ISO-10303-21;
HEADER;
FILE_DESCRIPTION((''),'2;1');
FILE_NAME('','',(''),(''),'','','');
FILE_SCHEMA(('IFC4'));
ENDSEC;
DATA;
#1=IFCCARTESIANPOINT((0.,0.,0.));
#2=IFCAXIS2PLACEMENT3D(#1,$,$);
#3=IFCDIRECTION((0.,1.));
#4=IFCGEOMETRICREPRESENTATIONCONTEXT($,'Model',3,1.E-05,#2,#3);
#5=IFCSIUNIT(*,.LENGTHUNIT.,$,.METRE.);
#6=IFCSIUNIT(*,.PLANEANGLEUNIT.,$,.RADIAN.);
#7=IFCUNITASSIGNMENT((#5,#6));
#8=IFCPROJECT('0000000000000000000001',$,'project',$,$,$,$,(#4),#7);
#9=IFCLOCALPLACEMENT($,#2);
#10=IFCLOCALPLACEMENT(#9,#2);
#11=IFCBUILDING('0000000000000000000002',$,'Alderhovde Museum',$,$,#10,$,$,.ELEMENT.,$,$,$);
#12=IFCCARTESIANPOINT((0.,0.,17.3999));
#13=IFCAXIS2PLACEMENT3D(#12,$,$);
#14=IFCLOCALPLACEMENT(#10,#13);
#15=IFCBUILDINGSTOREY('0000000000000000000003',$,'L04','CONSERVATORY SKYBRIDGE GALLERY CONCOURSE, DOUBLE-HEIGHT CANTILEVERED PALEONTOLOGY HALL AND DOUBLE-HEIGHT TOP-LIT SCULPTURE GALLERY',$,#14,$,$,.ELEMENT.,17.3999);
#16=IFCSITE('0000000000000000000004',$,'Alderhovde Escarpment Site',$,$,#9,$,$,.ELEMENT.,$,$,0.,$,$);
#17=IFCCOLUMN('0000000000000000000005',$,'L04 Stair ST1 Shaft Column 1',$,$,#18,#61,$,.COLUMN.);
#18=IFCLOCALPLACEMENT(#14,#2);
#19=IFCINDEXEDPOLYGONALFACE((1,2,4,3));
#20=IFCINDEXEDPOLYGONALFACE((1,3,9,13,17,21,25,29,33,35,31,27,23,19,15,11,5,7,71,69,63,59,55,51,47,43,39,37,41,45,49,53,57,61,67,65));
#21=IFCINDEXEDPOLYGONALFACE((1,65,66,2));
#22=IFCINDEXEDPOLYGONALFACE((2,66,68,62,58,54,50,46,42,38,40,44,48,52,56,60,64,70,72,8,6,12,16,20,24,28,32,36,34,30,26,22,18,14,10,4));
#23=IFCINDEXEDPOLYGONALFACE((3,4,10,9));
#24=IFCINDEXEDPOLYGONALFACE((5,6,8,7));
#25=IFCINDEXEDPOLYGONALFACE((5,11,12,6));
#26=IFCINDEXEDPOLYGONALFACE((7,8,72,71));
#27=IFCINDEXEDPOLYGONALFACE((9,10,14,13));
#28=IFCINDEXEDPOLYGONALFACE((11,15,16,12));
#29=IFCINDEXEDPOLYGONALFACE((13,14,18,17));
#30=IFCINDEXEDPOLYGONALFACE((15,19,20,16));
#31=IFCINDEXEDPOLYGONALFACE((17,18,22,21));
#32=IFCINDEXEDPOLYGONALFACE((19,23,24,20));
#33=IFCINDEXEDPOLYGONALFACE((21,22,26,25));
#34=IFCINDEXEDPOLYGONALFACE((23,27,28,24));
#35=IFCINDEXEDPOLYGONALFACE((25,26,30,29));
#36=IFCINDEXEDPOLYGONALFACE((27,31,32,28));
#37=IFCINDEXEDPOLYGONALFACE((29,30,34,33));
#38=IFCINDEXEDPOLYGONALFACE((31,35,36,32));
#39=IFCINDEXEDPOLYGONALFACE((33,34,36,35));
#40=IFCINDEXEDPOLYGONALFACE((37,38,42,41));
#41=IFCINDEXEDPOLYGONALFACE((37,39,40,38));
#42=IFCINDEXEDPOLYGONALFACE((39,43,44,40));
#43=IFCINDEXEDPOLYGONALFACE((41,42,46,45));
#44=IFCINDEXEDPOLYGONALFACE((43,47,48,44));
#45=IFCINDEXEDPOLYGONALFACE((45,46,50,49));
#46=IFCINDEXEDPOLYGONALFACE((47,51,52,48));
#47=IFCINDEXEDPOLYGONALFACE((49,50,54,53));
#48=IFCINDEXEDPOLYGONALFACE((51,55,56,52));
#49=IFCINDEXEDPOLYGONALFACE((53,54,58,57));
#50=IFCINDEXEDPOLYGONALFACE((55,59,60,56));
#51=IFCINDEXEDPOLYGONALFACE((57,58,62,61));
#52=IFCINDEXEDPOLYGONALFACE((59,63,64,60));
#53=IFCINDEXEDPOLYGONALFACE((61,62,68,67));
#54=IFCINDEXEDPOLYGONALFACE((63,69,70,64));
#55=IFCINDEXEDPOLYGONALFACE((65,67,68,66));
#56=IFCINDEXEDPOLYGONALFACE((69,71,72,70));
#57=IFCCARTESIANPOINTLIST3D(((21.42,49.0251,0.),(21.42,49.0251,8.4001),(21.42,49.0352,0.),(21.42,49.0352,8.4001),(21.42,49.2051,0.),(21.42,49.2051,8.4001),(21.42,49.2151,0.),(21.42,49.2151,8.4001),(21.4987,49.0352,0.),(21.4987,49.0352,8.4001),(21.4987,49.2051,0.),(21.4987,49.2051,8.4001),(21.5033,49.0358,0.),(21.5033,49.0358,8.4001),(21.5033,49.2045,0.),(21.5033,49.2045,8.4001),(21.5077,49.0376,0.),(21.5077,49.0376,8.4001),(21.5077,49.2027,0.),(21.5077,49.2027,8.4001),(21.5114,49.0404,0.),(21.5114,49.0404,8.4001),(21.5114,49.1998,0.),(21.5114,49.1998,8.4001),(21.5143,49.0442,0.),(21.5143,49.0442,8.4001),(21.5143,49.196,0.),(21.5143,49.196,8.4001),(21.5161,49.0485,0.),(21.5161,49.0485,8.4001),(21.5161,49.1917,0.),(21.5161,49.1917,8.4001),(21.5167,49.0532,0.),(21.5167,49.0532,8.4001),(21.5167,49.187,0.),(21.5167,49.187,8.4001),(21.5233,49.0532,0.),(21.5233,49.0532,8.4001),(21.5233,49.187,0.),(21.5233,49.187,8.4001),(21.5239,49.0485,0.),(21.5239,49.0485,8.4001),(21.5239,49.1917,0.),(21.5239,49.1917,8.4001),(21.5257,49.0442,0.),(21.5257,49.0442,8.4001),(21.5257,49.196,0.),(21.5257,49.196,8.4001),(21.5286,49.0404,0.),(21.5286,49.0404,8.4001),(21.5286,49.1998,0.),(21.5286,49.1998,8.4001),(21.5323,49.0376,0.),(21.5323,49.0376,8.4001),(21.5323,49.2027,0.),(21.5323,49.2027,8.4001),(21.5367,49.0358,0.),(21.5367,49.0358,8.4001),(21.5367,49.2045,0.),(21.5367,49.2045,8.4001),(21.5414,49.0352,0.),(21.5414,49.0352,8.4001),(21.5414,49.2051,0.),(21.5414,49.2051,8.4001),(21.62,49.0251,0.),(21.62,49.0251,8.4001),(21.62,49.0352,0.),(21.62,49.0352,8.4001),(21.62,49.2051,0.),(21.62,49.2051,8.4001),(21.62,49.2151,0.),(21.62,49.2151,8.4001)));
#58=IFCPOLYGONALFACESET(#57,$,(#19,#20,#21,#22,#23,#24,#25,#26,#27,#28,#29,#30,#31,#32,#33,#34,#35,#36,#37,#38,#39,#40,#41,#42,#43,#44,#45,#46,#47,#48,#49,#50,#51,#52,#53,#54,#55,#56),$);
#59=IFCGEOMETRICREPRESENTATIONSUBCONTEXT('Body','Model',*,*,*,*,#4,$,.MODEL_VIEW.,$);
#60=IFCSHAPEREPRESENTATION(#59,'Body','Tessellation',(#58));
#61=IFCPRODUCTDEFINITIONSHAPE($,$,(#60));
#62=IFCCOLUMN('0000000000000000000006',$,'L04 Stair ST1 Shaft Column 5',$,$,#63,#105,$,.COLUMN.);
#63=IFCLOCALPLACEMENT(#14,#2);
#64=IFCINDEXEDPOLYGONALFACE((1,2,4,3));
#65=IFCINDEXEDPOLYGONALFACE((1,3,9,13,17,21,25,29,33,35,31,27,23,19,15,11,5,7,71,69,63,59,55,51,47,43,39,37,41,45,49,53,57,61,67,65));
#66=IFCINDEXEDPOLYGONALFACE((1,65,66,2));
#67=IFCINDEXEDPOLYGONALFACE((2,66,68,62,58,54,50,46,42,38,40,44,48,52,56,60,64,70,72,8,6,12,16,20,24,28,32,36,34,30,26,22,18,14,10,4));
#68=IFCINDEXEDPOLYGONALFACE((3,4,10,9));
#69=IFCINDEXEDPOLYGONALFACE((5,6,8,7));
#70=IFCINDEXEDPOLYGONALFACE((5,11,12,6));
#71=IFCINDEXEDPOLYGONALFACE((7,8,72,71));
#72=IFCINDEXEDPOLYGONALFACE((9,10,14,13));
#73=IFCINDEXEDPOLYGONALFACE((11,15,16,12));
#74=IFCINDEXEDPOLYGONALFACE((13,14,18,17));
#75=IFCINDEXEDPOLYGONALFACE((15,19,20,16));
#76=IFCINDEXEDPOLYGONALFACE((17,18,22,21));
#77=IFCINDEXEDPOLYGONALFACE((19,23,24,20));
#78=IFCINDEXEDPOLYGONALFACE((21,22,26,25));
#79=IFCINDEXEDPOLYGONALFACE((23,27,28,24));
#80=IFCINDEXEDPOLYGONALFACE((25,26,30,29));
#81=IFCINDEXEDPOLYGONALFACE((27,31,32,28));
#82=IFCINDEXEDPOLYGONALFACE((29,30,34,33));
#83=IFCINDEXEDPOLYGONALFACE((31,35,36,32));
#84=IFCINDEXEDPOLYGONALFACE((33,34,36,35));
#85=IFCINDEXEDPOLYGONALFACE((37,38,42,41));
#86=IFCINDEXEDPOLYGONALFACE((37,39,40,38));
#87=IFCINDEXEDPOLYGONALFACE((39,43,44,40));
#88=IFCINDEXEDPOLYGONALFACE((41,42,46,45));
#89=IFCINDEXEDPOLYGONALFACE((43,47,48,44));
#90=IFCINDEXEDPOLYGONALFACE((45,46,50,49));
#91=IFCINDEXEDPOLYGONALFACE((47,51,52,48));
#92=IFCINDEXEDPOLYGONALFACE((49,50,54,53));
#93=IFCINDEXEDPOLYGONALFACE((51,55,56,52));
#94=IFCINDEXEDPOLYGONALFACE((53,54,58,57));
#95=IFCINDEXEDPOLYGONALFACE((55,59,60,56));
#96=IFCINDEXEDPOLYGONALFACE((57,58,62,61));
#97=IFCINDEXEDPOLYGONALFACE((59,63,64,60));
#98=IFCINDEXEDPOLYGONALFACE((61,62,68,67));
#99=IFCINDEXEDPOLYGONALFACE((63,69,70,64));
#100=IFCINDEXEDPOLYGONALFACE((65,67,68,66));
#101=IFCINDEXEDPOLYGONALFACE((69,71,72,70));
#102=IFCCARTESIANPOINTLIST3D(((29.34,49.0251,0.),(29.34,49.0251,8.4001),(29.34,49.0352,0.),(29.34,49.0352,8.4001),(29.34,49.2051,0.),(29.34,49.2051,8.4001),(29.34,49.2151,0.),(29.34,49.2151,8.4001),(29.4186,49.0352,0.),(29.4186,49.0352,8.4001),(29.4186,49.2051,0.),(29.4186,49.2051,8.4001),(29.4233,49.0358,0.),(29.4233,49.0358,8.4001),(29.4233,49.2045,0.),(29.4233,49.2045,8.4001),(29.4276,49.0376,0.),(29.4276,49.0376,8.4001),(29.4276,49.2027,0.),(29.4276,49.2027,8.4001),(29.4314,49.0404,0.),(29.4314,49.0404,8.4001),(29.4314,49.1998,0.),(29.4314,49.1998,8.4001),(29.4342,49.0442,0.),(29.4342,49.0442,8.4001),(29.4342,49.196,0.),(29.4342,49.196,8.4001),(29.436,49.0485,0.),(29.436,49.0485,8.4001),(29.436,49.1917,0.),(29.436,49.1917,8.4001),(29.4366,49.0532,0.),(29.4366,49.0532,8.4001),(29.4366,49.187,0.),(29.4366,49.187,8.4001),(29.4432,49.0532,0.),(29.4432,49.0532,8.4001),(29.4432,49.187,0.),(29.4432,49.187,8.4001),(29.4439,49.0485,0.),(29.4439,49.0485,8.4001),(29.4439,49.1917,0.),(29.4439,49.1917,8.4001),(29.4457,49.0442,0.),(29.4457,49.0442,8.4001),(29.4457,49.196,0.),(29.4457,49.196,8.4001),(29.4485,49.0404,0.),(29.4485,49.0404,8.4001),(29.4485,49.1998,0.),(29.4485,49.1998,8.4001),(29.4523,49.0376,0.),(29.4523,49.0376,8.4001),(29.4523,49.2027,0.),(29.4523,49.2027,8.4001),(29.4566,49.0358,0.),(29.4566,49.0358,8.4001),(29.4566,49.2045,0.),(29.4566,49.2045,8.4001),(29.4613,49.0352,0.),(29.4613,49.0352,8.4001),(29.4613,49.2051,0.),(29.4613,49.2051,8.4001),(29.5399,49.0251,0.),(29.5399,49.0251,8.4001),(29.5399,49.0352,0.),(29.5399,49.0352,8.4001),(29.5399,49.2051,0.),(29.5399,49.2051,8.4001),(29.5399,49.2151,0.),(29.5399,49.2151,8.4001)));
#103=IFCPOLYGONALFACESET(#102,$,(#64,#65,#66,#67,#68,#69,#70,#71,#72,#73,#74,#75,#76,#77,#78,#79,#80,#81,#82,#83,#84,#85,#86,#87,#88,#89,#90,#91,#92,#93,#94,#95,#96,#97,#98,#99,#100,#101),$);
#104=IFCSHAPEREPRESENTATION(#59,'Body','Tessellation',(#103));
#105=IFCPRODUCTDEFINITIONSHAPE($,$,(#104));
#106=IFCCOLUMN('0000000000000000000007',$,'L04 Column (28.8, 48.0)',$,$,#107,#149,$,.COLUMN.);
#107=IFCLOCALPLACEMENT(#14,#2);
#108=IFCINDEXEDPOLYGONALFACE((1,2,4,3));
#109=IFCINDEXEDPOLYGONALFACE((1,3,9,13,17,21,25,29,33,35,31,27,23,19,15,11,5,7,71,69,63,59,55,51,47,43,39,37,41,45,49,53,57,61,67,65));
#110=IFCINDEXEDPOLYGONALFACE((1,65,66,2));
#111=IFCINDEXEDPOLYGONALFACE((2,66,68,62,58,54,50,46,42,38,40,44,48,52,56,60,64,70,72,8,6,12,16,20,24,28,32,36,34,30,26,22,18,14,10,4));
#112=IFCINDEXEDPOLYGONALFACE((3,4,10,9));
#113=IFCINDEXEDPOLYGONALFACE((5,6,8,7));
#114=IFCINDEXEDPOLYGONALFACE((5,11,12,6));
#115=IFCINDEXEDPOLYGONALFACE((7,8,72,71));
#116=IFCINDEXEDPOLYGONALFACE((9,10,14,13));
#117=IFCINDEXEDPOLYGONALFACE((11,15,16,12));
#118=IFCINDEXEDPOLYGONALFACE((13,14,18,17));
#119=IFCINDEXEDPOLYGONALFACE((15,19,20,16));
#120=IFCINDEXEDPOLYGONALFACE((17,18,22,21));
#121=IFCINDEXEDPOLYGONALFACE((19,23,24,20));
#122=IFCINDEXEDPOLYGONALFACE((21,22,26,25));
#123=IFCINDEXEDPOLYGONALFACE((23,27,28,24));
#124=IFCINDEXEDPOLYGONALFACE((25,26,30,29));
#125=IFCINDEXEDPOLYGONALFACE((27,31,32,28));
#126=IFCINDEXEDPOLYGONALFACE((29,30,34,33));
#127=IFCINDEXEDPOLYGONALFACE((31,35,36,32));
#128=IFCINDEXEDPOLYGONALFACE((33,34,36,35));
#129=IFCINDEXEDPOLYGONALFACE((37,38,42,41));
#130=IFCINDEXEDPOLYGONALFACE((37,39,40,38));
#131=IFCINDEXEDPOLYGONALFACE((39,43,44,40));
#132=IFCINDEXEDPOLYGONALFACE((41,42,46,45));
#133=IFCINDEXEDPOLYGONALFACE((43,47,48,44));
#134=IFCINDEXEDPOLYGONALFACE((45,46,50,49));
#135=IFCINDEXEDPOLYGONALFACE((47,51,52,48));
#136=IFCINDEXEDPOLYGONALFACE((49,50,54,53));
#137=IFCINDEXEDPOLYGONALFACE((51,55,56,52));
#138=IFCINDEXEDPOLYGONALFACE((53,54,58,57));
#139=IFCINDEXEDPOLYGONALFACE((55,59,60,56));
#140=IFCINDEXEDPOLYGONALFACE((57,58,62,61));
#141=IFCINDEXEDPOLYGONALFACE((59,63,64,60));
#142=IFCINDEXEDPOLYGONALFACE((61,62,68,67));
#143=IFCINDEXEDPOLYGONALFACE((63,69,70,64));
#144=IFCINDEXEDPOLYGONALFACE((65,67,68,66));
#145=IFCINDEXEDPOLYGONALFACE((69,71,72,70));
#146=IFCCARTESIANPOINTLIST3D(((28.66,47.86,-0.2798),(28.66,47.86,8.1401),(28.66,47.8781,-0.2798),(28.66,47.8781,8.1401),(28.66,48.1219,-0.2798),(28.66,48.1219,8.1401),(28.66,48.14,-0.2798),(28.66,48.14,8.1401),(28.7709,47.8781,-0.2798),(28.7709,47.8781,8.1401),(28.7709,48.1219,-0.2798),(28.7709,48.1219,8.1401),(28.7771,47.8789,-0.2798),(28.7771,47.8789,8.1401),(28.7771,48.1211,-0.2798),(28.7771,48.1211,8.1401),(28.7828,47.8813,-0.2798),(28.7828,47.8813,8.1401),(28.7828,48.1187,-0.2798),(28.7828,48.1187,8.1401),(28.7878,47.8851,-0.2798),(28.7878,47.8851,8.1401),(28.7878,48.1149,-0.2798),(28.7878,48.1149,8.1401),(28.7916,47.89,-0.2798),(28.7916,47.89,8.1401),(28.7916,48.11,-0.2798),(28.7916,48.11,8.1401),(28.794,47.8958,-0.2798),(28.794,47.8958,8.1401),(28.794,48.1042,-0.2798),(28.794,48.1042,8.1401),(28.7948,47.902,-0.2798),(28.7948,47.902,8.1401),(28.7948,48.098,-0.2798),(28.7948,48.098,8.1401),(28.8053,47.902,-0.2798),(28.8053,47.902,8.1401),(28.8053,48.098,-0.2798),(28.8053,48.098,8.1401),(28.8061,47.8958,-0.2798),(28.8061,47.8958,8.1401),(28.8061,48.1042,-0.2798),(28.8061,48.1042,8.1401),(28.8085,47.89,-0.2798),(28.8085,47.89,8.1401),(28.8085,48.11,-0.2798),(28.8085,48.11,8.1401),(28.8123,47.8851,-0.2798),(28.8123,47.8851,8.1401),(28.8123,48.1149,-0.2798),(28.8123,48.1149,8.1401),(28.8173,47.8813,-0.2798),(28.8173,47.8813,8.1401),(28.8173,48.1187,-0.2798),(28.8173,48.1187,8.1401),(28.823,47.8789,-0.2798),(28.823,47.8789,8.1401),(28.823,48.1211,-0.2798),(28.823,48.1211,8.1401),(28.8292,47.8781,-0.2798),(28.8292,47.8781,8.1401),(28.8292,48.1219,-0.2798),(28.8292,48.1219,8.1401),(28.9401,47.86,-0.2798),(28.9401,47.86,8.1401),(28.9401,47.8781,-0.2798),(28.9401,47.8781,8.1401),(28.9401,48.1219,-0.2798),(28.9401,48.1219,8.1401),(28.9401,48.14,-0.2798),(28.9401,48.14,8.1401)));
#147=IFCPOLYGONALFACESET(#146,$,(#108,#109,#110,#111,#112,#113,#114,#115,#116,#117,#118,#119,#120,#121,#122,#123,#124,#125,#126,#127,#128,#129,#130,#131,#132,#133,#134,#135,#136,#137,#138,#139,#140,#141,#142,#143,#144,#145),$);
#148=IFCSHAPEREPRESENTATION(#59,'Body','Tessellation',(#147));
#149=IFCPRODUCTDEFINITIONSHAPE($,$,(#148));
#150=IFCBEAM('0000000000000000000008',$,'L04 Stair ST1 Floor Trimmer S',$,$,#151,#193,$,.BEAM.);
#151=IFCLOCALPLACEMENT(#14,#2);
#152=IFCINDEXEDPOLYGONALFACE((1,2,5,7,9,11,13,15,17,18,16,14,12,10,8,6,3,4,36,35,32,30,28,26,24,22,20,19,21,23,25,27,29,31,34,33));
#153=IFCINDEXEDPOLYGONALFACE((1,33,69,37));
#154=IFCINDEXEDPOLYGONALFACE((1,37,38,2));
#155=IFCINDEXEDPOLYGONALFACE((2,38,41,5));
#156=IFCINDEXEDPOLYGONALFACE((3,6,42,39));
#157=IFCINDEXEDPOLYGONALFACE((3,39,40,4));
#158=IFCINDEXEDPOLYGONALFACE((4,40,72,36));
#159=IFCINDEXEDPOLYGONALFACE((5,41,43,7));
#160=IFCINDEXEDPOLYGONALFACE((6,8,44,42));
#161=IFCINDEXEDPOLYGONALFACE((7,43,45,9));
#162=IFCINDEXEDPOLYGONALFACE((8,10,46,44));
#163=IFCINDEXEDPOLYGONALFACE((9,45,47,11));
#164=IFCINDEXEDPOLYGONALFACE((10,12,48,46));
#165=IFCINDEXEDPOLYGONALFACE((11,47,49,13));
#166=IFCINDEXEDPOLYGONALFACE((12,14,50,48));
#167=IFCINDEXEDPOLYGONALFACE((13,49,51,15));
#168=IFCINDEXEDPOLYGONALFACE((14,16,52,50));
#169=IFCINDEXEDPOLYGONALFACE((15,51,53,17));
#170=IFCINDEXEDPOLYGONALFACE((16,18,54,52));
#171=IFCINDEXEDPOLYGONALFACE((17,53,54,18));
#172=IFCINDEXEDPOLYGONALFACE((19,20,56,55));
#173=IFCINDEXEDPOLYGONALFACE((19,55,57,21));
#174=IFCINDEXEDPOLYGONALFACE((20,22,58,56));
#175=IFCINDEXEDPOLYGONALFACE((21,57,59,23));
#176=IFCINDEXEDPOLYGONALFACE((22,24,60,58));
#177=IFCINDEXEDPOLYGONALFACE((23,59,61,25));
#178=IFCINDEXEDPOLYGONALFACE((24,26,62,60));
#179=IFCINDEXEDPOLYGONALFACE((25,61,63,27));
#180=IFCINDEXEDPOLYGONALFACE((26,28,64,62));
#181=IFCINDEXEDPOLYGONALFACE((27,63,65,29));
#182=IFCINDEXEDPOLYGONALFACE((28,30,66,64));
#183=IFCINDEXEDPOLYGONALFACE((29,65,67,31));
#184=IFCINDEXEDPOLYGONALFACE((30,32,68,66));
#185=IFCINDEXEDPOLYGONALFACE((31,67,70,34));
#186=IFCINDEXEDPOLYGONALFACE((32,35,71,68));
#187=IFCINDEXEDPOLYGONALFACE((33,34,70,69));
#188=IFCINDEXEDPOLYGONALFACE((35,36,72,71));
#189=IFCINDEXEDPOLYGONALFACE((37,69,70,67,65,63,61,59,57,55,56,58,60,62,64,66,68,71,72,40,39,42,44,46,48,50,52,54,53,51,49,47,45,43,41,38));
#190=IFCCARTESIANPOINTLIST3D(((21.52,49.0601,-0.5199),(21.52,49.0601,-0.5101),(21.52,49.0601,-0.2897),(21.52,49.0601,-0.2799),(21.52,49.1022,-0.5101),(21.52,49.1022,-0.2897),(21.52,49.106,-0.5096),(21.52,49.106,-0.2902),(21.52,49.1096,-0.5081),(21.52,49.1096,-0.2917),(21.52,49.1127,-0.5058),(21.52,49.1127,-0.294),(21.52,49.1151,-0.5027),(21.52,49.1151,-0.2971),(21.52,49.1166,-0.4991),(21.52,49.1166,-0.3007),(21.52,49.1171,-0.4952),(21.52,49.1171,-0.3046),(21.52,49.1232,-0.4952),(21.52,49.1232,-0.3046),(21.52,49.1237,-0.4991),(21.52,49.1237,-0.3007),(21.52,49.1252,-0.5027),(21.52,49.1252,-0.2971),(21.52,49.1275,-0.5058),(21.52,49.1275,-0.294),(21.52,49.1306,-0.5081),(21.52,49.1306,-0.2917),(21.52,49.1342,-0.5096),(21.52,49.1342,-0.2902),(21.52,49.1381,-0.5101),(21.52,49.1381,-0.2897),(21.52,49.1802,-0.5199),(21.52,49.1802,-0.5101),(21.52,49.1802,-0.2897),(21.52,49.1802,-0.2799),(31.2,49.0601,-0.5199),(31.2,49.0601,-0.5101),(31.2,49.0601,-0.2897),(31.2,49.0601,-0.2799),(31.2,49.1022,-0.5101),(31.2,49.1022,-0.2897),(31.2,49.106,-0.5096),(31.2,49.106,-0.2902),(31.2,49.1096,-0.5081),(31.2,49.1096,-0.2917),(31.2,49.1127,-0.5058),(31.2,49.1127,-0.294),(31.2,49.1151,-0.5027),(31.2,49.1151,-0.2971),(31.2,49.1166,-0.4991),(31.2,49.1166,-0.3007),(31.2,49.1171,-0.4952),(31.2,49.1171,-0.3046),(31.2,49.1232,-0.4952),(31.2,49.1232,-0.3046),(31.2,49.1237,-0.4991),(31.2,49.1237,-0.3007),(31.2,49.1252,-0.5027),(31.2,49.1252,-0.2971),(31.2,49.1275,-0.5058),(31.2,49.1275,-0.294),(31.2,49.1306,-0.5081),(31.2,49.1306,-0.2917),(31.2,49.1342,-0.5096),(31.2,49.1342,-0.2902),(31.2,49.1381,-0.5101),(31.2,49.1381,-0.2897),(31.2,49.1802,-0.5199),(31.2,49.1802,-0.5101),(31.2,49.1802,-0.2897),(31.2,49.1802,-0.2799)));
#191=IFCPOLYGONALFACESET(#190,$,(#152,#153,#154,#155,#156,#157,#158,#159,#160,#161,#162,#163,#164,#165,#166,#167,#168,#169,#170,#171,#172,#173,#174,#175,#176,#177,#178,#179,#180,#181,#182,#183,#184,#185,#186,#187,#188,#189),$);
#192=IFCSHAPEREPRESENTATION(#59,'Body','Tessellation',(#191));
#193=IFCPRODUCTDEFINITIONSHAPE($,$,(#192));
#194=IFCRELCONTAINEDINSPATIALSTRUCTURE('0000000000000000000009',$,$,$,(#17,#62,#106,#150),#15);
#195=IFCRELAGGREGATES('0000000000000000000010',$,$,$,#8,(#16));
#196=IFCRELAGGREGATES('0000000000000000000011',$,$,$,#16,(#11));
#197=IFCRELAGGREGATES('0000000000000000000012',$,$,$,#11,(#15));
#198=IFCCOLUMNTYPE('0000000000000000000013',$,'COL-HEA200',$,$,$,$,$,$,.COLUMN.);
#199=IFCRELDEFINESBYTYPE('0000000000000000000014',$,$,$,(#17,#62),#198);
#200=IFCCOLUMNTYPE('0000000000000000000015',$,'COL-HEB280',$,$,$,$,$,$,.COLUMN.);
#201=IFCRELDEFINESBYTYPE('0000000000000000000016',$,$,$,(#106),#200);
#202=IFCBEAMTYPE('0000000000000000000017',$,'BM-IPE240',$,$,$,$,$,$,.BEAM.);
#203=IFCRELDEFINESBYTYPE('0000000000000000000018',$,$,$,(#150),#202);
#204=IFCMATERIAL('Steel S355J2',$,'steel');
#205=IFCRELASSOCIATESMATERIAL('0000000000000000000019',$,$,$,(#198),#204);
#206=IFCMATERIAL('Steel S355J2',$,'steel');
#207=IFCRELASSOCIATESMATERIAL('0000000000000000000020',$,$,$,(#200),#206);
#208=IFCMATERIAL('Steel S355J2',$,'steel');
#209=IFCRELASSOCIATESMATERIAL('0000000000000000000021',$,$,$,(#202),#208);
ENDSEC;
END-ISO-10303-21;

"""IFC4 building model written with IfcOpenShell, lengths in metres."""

from ifc_helpers import new_model, si_unit, direction, frame, origin, origin_2d, place, context, subcontext, project, spatial, i_section, extrude, material, material_profile, profile_set, type_object, element, save


model = new_model("IFC4")

# Units and contexts
model_context = context("Model", 3, precision=1e-05, world=origin(), true_north=direction((0.0, 1.0)))
body_context = subcontext(model_context, "Body", "Model", "MODEL_VIEW")
ifc_project = project(units=[si_unit("LENGTHUNIT", "METRE"), si_unit("PLANEANGLEUNIT", "RADIAN")], contexts=[model_context])

# Site, building, storey
site_placement = place(None, origin())
site = spatial("IfcSite", under=ifc_project, at=site_placement, Name="Alderhovde Escarpment Site", CompositionType="ELEMENT", RefElevation=0.0)
building_placement = place(site_placement, origin())
building = spatial("IfcBuilding", under=site, at=building_placement, Name="Alderhovde Museum", CompositionType="ELEMENT")
storey_placement = place(building_placement, frame((0.0, 0.0, 17.3999)))
storey = spatial("IfcBuildingStorey", under=building, at=storey_placement, Name="L04", Description="CONSERVATORY SKYBRIDGE GALLERY CONCOURSE, DOUBLE-HEIGHT CANTILEVERED PALEONTOLOGY HALL AND DOUBLE-HEIGHT TOP-LIT SCULPTURE GALLERY", CompositionType="ELEMENT", Elevation=17.3999)

# Columns
ifc_material_1 = material(Name="Steel S355J2", Category="steel")
ifc_material_profile_1 = material_profile(ifc_material_1, i_section(OverallWidth=0.2, OverallDepth=0.1899, WebThickness=0.0066, FlangeThickness=0.01, FilletRadius=0.0181, at=origin_2d()), Name="HEA 200")
ifc_profile_set_1 = profile_set([ifc_material_profile_1], Name="Steel S355J2")
column_type_1 = type_object("IfcColumnType", Name="COL-HEA200", PredefinedType="COLUMN", material=ifc_profile_set_1)
for number, where, z_axis, x_axis, name in (
    (1, (21.52, 49.1201, 0.0), (0.0, 0.0, 1.0), (1.0, 0.0, 0.0), "L04 Stair ST1 Shaft Column 1"),
    (2, (29.4399, 49.1201, 0.0), (0.0, 0.0, 1.0), (1.0, 0.0, 0.0), "L04 Stair ST1 Shaft Column 5"),
):
    element("IfcColumn", number, at=place(storey_placement, frame(where, z_axis=z_axis, x_axis=x_axis)), inside=storey, type_object=column_type_1, Name=name, PredefinedType="COLUMN", context=body_context, shape_type="SweptSolid", body=[
        extrude(i_section(OverallWidth=0.2, OverallDepth=0.1899, WebThickness=0.0066, FlangeThickness=0.01, FilletRadius=0.0181, at=origin_2d()), origin(), (0.0, 0.0, 1.0), 8.4001),
    ])
ifc_material_2 = material(Name="Steel S355J2", Category="steel")
ifc_material_profile_2 = material_profile(ifc_material_2, i_section(OverallWidth=0.28, OverallDepth=0.28, WebThickness=0.0105, FlangeThickness=0.0181, FilletRadius=0.0239, at=origin_2d()), Name="HEB 280")
ifc_profile_set_2 = profile_set([ifc_material_profile_2], Name="Steel S355J2")
column_type_2 = type_object("IfcColumnType", Name="COL-HEB280", PredefinedType="COLUMN", material=ifc_profile_set_2)
column_placement = place(storey_placement, frame((28.8, 48.0, -0.2798), z_axis=(0.0, 0.0, 1.0), x_axis=(1.0, 0.0, 0.0)))
element("IfcColumn", 3, at=column_placement, inside=storey, type_object=column_type_2, Name="L04 Column (28.8, 48.0)", PredefinedType="COLUMN", context=body_context, shape_type="SweptSolid", body=[
    extrude(i_section(OverallWidth=0.28, OverallDepth=0.28, WebThickness=0.0105, FlangeThickness=0.0181, FilletRadius=0.0239, at=origin_2d()), origin(), (0.0, 0.0, 1.0), 8.4199),
])

# Beam
ifc_material_3 = material(Name="Steel S355J2", Category="steel")
ifc_material_profile_3 = material_profile(ifc_material_3, i_section(OverallWidth=0.1201, OverallDepth=0.24, WebThickness=0.0061, FlangeThickness=0.0098, FilletRadius=0.0149, at=origin_2d()), Name="IPE 240")
ifc_profile_set_3 = profile_set([ifc_material_profile_3], Name="Steel S355J2")
beam_type_1 = type_object("IfcBeamType", Name="BM-IPE240", PredefinedType="BEAM", material=ifc_profile_set_3)
beam_1_placement = place(storey_placement, frame((21.52, 49.1201, -0.3999), z_axis=(1.0, 0.0, 0.0), x_axis=(0.0, 1.0, 0.0)))
element("IfcBeam", 4, at=beam_1_placement, inside=storey, type_object=beam_type_1, Name="L04 Stair ST1 Floor Trimmer S", PredefinedType="BEAM", context=body_context, shape_type="SweptSolid", body=[
    extrude(i_section(OverallWidth=0.1201, OverallDepth=0.24, WebThickness=0.0061, FlangeThickness=0.0098, FilletRadius=0.0149, at=origin_2d()), origin(), (0.0, 0.0, 1.0), 9.6799),
])

save(model, "model.ifc")
